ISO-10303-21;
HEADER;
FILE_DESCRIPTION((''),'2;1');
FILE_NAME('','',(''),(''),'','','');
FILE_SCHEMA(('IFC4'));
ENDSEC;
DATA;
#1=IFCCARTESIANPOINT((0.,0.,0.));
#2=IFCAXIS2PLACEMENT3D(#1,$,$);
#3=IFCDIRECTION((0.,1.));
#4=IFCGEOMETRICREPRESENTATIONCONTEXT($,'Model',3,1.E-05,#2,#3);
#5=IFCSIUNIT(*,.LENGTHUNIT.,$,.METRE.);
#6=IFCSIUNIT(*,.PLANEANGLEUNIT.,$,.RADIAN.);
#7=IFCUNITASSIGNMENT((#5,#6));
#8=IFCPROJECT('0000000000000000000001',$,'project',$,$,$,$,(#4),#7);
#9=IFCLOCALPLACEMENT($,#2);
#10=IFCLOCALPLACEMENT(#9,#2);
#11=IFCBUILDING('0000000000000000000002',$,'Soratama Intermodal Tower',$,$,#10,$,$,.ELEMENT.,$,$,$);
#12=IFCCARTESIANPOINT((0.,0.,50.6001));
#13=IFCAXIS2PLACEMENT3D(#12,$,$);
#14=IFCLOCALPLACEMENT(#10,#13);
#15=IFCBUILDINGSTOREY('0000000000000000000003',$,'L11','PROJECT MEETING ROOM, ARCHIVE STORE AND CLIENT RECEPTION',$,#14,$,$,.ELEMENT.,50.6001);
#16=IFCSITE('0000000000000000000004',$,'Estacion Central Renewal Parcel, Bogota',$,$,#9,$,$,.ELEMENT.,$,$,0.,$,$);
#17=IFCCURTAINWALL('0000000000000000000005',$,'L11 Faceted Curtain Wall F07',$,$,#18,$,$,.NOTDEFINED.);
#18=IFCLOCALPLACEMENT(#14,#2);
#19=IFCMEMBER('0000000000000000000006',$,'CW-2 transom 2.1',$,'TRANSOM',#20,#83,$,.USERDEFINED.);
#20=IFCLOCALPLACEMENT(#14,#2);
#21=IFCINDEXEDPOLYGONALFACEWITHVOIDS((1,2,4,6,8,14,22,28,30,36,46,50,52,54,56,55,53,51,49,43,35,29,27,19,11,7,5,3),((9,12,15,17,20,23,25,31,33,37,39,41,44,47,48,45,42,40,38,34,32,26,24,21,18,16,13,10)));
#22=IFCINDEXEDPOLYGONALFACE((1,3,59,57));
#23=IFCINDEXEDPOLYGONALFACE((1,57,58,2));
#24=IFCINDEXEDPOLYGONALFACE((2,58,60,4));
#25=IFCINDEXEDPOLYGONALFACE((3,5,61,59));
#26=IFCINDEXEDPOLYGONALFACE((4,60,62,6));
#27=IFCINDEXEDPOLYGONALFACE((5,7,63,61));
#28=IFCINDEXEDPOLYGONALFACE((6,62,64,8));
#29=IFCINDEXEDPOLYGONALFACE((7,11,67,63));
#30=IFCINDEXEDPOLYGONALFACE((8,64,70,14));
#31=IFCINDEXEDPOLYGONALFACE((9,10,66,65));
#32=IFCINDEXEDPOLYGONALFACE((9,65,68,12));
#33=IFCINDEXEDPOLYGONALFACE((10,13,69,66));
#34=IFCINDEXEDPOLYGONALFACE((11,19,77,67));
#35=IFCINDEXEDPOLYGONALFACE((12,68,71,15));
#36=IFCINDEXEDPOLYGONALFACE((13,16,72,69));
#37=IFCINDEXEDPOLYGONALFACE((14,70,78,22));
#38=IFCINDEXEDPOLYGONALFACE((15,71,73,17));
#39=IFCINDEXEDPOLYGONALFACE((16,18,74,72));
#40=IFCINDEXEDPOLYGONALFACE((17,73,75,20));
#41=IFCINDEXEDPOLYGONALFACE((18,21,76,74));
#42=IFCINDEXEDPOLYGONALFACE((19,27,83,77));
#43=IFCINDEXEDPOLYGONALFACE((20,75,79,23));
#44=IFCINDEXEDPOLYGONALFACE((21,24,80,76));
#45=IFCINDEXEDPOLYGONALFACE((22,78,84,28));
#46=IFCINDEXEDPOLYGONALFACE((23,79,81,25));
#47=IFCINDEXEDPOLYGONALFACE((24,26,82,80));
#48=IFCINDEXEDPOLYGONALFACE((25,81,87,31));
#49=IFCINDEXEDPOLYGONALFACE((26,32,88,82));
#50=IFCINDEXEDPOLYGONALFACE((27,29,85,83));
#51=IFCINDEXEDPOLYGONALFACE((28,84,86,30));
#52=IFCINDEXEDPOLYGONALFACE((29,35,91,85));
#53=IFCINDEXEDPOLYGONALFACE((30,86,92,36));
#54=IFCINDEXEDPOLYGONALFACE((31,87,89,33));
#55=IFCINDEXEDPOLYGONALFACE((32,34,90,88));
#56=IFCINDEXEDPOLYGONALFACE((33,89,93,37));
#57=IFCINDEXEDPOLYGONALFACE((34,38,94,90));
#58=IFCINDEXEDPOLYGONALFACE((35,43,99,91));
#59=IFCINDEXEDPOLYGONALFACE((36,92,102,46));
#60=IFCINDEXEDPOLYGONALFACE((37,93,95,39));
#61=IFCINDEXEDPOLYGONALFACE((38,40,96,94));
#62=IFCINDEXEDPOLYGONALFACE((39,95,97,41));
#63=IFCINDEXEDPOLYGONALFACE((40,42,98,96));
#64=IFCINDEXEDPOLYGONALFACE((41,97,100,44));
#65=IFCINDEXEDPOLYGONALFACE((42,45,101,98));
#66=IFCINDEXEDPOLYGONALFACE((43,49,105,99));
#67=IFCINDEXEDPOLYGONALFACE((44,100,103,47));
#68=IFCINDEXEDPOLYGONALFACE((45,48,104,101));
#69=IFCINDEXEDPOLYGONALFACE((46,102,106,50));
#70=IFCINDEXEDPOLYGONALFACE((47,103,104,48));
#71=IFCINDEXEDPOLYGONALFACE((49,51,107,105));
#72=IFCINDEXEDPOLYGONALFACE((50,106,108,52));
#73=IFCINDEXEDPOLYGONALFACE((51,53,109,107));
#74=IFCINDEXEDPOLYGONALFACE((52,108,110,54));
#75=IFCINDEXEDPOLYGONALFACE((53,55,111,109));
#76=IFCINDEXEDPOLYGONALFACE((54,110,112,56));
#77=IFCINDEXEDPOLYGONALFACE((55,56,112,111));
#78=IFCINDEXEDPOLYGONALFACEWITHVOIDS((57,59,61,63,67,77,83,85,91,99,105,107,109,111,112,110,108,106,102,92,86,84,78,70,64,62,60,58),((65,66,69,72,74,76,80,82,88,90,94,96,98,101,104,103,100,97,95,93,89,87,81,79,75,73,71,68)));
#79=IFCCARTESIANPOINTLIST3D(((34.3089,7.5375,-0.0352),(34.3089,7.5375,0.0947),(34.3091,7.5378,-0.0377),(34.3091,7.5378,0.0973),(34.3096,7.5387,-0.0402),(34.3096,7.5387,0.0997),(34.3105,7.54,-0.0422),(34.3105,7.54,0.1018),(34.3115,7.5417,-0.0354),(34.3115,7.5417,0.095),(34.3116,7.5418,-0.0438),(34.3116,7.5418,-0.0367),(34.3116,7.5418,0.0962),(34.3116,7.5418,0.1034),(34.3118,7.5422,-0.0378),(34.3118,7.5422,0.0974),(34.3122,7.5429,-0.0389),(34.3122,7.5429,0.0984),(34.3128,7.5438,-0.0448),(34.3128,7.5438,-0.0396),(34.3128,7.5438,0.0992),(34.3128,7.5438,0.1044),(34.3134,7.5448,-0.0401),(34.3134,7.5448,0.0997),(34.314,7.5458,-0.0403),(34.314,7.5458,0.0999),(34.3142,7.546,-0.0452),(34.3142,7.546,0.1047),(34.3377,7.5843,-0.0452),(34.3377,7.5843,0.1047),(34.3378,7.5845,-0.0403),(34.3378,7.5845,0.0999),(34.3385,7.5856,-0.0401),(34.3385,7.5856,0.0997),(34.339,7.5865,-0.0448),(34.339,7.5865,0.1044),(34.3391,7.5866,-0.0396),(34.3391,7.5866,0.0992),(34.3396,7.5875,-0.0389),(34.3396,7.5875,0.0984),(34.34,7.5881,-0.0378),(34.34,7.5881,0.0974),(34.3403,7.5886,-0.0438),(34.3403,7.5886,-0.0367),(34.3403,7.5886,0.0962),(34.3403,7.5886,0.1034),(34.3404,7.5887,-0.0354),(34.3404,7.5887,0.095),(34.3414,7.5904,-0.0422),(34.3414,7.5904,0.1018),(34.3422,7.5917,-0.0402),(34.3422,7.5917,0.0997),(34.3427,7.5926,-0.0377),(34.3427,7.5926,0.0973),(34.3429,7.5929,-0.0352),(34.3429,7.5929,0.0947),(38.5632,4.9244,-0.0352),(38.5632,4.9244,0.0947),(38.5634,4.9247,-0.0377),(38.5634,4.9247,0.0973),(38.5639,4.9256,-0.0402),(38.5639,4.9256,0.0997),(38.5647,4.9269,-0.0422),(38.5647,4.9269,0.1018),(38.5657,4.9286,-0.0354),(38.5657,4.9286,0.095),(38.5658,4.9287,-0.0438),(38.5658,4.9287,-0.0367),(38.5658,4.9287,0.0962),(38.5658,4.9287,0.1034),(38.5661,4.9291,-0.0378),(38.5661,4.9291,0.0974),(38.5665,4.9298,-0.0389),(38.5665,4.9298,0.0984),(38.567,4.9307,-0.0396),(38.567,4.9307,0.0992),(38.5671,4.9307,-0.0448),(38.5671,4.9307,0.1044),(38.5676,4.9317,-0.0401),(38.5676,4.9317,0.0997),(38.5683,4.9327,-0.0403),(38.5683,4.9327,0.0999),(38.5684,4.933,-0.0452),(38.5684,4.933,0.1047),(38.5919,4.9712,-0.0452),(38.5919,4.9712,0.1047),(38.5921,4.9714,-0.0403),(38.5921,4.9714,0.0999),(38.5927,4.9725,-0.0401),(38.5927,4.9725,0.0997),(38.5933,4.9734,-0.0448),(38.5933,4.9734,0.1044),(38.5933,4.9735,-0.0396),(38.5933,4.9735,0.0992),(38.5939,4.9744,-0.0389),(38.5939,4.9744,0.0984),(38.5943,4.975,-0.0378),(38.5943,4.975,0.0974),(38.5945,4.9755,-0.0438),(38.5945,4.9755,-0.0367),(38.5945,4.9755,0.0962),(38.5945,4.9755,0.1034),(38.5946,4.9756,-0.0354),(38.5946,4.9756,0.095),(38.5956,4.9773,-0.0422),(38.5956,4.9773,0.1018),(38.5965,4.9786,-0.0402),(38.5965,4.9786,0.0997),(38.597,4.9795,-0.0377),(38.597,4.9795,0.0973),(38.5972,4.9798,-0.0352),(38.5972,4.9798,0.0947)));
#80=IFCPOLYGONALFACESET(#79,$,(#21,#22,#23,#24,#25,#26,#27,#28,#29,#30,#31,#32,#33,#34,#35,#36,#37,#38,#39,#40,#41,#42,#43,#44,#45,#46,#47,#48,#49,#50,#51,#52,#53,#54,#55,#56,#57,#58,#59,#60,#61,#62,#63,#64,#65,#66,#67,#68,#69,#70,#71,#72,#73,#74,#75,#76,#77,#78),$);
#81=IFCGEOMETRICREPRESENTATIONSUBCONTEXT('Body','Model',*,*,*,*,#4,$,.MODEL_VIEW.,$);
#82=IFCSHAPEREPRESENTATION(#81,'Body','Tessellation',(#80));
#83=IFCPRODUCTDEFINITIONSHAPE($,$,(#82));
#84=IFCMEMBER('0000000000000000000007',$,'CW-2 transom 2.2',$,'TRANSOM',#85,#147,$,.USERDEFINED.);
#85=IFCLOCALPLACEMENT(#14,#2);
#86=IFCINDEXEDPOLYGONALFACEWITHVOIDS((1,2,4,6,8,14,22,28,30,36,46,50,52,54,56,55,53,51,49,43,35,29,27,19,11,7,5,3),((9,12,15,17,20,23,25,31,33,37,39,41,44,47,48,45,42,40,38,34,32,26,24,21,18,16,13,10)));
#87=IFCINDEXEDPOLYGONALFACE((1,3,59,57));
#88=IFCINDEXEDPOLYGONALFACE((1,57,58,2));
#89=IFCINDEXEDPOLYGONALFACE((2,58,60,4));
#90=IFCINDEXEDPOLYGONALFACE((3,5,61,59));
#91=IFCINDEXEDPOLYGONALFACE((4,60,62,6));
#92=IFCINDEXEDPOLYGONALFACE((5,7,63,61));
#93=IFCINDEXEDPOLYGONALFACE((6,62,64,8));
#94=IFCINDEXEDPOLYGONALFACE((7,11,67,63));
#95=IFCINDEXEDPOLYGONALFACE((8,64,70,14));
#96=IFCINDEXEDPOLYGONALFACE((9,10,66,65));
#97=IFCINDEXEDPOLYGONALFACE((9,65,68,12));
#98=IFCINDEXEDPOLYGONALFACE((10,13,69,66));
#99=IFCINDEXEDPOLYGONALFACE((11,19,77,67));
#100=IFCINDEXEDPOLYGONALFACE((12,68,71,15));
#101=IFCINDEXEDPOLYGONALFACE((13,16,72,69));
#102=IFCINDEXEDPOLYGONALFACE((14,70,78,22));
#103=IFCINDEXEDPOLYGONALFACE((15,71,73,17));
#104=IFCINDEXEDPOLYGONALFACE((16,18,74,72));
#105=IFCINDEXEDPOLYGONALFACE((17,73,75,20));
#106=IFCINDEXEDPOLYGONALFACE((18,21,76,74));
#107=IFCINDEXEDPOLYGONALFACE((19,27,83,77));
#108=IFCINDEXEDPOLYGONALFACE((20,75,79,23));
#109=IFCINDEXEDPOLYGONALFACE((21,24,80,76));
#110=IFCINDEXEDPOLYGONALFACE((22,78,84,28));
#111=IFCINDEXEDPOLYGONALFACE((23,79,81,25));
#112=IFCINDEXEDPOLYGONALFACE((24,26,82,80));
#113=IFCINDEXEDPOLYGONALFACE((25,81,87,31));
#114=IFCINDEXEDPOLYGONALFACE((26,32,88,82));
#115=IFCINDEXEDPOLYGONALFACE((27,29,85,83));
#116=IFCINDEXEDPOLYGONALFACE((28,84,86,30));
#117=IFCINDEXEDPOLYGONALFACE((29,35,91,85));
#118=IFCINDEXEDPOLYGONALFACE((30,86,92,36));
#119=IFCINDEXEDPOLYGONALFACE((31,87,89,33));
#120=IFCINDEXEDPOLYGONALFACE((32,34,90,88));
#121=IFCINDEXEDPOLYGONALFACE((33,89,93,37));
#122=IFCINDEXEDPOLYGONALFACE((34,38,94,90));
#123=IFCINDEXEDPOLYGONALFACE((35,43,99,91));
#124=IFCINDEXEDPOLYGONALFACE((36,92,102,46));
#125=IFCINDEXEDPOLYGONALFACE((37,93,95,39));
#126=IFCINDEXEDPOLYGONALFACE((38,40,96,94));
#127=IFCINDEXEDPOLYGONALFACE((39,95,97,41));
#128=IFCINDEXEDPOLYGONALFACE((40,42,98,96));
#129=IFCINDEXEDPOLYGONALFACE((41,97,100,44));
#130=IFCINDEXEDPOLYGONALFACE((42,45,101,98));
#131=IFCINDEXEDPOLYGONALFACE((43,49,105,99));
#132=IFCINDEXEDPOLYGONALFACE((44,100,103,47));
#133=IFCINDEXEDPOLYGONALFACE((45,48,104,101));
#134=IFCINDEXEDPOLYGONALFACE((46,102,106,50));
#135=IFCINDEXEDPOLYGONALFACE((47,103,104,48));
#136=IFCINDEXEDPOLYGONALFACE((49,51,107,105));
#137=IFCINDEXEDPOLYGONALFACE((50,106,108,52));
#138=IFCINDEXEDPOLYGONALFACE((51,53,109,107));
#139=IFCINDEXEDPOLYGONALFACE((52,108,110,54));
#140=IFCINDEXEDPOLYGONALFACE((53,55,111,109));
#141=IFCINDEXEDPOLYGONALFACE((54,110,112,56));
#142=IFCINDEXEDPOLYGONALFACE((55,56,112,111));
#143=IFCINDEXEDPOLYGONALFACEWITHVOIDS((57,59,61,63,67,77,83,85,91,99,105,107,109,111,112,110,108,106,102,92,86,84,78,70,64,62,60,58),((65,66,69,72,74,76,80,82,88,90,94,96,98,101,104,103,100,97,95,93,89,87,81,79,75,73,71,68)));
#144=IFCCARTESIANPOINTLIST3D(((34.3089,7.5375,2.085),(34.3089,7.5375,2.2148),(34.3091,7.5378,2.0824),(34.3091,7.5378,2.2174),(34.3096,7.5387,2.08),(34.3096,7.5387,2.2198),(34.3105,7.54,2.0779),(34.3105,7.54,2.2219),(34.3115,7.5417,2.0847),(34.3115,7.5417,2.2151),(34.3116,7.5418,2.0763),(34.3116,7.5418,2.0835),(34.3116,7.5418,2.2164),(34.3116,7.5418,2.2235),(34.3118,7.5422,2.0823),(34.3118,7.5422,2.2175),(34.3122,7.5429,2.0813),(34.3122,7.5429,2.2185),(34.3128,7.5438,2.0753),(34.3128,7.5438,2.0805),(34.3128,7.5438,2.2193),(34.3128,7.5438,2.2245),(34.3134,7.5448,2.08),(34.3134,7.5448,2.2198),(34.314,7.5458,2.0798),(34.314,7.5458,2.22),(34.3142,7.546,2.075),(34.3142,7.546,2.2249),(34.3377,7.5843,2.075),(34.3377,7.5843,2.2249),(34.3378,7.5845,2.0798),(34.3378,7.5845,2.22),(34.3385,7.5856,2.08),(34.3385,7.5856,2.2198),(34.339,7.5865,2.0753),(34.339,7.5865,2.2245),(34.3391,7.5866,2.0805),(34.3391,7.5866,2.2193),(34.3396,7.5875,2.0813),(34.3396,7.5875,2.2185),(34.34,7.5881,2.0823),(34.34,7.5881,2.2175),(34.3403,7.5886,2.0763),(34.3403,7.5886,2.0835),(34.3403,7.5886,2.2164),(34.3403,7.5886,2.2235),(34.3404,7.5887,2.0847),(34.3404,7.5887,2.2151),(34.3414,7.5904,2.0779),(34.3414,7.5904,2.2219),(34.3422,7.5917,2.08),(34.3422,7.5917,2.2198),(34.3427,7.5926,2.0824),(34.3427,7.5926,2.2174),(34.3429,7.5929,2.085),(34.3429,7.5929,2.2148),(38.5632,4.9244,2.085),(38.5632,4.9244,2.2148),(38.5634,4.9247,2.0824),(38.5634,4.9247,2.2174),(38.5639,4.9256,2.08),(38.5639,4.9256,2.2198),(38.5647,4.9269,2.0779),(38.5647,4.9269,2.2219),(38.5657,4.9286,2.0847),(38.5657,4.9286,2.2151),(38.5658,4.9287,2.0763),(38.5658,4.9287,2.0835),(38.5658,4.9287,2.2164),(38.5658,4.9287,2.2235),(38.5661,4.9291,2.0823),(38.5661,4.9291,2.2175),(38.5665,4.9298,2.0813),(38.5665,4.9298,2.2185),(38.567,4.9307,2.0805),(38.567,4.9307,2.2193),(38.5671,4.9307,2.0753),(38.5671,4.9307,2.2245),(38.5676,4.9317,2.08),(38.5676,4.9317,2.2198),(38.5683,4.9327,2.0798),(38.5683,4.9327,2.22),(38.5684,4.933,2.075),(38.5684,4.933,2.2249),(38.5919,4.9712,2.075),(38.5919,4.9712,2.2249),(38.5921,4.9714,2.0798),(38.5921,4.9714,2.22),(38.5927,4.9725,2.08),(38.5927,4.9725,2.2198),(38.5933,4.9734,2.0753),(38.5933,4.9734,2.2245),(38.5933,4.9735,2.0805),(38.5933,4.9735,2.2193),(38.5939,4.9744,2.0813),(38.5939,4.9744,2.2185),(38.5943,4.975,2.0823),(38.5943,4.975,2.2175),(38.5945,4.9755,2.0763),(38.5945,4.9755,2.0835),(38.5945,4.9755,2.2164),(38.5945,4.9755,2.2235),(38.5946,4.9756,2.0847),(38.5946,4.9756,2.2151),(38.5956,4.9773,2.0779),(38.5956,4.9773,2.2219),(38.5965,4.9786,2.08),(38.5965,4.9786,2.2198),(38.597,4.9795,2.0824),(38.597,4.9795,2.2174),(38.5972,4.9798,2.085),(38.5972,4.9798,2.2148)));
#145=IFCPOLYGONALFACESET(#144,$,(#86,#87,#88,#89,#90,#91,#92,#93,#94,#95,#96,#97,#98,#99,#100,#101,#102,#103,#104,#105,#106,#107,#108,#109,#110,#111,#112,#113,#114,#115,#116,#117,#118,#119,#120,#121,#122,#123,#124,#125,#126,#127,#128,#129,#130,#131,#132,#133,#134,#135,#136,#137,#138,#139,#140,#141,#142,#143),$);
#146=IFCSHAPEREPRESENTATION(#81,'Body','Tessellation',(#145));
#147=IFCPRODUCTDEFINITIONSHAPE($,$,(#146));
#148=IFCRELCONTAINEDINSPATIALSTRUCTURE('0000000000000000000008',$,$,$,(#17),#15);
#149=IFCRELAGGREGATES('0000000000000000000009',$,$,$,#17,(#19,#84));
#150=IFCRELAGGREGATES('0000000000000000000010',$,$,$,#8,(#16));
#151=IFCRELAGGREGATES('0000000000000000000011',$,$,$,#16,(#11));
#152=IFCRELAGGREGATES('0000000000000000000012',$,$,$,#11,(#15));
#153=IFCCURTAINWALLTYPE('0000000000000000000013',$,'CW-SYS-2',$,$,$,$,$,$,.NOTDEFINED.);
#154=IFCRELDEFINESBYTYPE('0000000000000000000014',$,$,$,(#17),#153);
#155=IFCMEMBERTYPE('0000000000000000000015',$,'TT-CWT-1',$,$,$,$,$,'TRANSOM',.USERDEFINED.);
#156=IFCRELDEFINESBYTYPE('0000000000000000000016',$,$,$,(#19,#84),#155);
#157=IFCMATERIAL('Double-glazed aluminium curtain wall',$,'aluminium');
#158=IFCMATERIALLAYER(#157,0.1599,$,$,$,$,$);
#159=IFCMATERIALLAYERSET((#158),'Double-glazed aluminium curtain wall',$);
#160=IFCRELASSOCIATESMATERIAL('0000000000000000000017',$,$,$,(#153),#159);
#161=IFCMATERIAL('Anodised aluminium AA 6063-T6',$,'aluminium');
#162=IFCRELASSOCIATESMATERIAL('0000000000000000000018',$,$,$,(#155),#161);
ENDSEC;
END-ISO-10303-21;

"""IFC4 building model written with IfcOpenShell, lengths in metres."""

from ifc_helpers import new_model, si_unit, direction, frame, origin, origin_2d, place, context, subcontext, project, spatial, hollow_rectangle, extrude, material, layer, layer_set, material_profile, profile_set, type_object, element, aggregate, save


model = new_model("IFC4")

# Units and contexts
model_context = context("Model", 3, precision=1e-05, world=origin(), true_north=direction((0.0, 1.0)))
body_context = subcontext(model_context, "Body", "Model", "MODEL_VIEW")
ifc_project = project(units=[si_unit("LENGTHUNIT", "METRE"), si_unit("PLANEANGLEUNIT", "RADIAN")], contexts=[model_context])

# Site, building, storey
site_placement = place(None, origin())
site = spatial("IfcSite", under=ifc_project, at=site_placement, Name="Estacion Central Renewal Parcel, Bogota", CompositionType="ELEMENT", RefElevation=0.0)
building_placement = place(site_placement, origin())
building = spatial("IfcBuilding", under=site, at=building_placement, Name="Soratama Intermodal Tower", CompositionType="ELEMENT")
storey_placement = place(building_placement, frame((0.0, 0.0, 50.6001)))
storey = spatial("IfcBuildingStorey", under=building, at=storey_placement, Name="L11", Description="PROJECT MEETING ROOM, ARCHIVE STORE AND CLIENT RECEPTION", CompositionType="ELEMENT", Elevation=50.6001)

# Curtain wall, members
ifc_material_1 = material(Name="Double-glazed aluminium curtain wall", Category="aluminium")
ifc_layer_1 = layer(ifc_material_1, 0.1599)
ifc_layer_set_1 = layer_set([ifc_layer_1], Name="Double-glazed aluminium curtain wall")
curtain_wall_type = type_object("IfcCurtainWallType", Name="CW-SYS-2", PredefinedType="NOTDEFINED", material=ifc_layer_set_1)
curtain_wall_placement = place(storey_placement, origin())
curtain_wall = element("IfcCurtainWall", 1, at=curtain_wall_placement, inside=storey, type_object=curtain_wall_type, Name="L11 Faceted Curtain Wall F07", PredefinedType="NOTDEFINED")
ifc_material_2 = material(Name="Anodised aluminium AA 6063-T6", Category="aluminium")
ifc_material_profile_1 = material_profile(ifc_material_2, hollow_rectangle(XDim=0.0649, YDim=0.1499, WallThickness=0.0049, InnerFilletRadius=0.0049, OuterFilletRadius=0.01, at=origin_2d()), Name="CWT150X65X5")
ifc_profile_set_1 = profile_set([ifc_material_profile_1], Name="Anodised aluminium AA 6063-T6")
member_type_1 = type_object("IfcMemberType", Name="TT-CWT-1", ElementType="TRANSOM", PredefinedType="USERDEFINED", material=ifc_profile_set_1)
member_1_placement = place(storey_placement, frame((34.3259, 7.5652, 0.0298), z_axis=(0.852096, -0.523385, 0.0), x_axis=(0.523385, 0.852096, 0.0)))
member_1 = element("IfcMember", 2, at=member_1_placement, type_object=member_type_1, Name="CW-2 transom 2.1", ObjectType="TRANSOM", PredefinedType="USERDEFINED", context=body_context, shape_type="SweptSolid", body=[
    extrude(hollow_rectangle(XDim=0.0649, YDim=0.1499, WallThickness=0.0049, InnerFilletRadius=0.0049, OuterFilletRadius=0.01, at=origin_2d()), origin(), (0.0, 0.0, 1.0), 4.9927),
])
member_2_placement = place(storey_placement, frame((34.3259, 7.5652, 2.1499), z_axis=(0.852096, -0.523385, 0.0), x_axis=(0.523385, 0.852096, 0.0)))
member_2 = element("IfcMember", 3, at=member_2_placement, type_object=member_type_1, Name="CW-2 transom 2.2", ObjectType="TRANSOM", PredefinedType="USERDEFINED", context=body_context, shape_type="SweptSolid", body=[
    extrude(hollow_rectangle(XDim=0.0649, YDim=0.1499, WallThickness=0.0049, InnerFilletRadius=0.0049, OuterFilletRadius=0.01, at=origin_2d()), origin(), (0.0, 0.0, 1.0), 4.9927),
])
aggregate(curtain_wall, [member_1, member_2])

save(model, "model.ifc")
